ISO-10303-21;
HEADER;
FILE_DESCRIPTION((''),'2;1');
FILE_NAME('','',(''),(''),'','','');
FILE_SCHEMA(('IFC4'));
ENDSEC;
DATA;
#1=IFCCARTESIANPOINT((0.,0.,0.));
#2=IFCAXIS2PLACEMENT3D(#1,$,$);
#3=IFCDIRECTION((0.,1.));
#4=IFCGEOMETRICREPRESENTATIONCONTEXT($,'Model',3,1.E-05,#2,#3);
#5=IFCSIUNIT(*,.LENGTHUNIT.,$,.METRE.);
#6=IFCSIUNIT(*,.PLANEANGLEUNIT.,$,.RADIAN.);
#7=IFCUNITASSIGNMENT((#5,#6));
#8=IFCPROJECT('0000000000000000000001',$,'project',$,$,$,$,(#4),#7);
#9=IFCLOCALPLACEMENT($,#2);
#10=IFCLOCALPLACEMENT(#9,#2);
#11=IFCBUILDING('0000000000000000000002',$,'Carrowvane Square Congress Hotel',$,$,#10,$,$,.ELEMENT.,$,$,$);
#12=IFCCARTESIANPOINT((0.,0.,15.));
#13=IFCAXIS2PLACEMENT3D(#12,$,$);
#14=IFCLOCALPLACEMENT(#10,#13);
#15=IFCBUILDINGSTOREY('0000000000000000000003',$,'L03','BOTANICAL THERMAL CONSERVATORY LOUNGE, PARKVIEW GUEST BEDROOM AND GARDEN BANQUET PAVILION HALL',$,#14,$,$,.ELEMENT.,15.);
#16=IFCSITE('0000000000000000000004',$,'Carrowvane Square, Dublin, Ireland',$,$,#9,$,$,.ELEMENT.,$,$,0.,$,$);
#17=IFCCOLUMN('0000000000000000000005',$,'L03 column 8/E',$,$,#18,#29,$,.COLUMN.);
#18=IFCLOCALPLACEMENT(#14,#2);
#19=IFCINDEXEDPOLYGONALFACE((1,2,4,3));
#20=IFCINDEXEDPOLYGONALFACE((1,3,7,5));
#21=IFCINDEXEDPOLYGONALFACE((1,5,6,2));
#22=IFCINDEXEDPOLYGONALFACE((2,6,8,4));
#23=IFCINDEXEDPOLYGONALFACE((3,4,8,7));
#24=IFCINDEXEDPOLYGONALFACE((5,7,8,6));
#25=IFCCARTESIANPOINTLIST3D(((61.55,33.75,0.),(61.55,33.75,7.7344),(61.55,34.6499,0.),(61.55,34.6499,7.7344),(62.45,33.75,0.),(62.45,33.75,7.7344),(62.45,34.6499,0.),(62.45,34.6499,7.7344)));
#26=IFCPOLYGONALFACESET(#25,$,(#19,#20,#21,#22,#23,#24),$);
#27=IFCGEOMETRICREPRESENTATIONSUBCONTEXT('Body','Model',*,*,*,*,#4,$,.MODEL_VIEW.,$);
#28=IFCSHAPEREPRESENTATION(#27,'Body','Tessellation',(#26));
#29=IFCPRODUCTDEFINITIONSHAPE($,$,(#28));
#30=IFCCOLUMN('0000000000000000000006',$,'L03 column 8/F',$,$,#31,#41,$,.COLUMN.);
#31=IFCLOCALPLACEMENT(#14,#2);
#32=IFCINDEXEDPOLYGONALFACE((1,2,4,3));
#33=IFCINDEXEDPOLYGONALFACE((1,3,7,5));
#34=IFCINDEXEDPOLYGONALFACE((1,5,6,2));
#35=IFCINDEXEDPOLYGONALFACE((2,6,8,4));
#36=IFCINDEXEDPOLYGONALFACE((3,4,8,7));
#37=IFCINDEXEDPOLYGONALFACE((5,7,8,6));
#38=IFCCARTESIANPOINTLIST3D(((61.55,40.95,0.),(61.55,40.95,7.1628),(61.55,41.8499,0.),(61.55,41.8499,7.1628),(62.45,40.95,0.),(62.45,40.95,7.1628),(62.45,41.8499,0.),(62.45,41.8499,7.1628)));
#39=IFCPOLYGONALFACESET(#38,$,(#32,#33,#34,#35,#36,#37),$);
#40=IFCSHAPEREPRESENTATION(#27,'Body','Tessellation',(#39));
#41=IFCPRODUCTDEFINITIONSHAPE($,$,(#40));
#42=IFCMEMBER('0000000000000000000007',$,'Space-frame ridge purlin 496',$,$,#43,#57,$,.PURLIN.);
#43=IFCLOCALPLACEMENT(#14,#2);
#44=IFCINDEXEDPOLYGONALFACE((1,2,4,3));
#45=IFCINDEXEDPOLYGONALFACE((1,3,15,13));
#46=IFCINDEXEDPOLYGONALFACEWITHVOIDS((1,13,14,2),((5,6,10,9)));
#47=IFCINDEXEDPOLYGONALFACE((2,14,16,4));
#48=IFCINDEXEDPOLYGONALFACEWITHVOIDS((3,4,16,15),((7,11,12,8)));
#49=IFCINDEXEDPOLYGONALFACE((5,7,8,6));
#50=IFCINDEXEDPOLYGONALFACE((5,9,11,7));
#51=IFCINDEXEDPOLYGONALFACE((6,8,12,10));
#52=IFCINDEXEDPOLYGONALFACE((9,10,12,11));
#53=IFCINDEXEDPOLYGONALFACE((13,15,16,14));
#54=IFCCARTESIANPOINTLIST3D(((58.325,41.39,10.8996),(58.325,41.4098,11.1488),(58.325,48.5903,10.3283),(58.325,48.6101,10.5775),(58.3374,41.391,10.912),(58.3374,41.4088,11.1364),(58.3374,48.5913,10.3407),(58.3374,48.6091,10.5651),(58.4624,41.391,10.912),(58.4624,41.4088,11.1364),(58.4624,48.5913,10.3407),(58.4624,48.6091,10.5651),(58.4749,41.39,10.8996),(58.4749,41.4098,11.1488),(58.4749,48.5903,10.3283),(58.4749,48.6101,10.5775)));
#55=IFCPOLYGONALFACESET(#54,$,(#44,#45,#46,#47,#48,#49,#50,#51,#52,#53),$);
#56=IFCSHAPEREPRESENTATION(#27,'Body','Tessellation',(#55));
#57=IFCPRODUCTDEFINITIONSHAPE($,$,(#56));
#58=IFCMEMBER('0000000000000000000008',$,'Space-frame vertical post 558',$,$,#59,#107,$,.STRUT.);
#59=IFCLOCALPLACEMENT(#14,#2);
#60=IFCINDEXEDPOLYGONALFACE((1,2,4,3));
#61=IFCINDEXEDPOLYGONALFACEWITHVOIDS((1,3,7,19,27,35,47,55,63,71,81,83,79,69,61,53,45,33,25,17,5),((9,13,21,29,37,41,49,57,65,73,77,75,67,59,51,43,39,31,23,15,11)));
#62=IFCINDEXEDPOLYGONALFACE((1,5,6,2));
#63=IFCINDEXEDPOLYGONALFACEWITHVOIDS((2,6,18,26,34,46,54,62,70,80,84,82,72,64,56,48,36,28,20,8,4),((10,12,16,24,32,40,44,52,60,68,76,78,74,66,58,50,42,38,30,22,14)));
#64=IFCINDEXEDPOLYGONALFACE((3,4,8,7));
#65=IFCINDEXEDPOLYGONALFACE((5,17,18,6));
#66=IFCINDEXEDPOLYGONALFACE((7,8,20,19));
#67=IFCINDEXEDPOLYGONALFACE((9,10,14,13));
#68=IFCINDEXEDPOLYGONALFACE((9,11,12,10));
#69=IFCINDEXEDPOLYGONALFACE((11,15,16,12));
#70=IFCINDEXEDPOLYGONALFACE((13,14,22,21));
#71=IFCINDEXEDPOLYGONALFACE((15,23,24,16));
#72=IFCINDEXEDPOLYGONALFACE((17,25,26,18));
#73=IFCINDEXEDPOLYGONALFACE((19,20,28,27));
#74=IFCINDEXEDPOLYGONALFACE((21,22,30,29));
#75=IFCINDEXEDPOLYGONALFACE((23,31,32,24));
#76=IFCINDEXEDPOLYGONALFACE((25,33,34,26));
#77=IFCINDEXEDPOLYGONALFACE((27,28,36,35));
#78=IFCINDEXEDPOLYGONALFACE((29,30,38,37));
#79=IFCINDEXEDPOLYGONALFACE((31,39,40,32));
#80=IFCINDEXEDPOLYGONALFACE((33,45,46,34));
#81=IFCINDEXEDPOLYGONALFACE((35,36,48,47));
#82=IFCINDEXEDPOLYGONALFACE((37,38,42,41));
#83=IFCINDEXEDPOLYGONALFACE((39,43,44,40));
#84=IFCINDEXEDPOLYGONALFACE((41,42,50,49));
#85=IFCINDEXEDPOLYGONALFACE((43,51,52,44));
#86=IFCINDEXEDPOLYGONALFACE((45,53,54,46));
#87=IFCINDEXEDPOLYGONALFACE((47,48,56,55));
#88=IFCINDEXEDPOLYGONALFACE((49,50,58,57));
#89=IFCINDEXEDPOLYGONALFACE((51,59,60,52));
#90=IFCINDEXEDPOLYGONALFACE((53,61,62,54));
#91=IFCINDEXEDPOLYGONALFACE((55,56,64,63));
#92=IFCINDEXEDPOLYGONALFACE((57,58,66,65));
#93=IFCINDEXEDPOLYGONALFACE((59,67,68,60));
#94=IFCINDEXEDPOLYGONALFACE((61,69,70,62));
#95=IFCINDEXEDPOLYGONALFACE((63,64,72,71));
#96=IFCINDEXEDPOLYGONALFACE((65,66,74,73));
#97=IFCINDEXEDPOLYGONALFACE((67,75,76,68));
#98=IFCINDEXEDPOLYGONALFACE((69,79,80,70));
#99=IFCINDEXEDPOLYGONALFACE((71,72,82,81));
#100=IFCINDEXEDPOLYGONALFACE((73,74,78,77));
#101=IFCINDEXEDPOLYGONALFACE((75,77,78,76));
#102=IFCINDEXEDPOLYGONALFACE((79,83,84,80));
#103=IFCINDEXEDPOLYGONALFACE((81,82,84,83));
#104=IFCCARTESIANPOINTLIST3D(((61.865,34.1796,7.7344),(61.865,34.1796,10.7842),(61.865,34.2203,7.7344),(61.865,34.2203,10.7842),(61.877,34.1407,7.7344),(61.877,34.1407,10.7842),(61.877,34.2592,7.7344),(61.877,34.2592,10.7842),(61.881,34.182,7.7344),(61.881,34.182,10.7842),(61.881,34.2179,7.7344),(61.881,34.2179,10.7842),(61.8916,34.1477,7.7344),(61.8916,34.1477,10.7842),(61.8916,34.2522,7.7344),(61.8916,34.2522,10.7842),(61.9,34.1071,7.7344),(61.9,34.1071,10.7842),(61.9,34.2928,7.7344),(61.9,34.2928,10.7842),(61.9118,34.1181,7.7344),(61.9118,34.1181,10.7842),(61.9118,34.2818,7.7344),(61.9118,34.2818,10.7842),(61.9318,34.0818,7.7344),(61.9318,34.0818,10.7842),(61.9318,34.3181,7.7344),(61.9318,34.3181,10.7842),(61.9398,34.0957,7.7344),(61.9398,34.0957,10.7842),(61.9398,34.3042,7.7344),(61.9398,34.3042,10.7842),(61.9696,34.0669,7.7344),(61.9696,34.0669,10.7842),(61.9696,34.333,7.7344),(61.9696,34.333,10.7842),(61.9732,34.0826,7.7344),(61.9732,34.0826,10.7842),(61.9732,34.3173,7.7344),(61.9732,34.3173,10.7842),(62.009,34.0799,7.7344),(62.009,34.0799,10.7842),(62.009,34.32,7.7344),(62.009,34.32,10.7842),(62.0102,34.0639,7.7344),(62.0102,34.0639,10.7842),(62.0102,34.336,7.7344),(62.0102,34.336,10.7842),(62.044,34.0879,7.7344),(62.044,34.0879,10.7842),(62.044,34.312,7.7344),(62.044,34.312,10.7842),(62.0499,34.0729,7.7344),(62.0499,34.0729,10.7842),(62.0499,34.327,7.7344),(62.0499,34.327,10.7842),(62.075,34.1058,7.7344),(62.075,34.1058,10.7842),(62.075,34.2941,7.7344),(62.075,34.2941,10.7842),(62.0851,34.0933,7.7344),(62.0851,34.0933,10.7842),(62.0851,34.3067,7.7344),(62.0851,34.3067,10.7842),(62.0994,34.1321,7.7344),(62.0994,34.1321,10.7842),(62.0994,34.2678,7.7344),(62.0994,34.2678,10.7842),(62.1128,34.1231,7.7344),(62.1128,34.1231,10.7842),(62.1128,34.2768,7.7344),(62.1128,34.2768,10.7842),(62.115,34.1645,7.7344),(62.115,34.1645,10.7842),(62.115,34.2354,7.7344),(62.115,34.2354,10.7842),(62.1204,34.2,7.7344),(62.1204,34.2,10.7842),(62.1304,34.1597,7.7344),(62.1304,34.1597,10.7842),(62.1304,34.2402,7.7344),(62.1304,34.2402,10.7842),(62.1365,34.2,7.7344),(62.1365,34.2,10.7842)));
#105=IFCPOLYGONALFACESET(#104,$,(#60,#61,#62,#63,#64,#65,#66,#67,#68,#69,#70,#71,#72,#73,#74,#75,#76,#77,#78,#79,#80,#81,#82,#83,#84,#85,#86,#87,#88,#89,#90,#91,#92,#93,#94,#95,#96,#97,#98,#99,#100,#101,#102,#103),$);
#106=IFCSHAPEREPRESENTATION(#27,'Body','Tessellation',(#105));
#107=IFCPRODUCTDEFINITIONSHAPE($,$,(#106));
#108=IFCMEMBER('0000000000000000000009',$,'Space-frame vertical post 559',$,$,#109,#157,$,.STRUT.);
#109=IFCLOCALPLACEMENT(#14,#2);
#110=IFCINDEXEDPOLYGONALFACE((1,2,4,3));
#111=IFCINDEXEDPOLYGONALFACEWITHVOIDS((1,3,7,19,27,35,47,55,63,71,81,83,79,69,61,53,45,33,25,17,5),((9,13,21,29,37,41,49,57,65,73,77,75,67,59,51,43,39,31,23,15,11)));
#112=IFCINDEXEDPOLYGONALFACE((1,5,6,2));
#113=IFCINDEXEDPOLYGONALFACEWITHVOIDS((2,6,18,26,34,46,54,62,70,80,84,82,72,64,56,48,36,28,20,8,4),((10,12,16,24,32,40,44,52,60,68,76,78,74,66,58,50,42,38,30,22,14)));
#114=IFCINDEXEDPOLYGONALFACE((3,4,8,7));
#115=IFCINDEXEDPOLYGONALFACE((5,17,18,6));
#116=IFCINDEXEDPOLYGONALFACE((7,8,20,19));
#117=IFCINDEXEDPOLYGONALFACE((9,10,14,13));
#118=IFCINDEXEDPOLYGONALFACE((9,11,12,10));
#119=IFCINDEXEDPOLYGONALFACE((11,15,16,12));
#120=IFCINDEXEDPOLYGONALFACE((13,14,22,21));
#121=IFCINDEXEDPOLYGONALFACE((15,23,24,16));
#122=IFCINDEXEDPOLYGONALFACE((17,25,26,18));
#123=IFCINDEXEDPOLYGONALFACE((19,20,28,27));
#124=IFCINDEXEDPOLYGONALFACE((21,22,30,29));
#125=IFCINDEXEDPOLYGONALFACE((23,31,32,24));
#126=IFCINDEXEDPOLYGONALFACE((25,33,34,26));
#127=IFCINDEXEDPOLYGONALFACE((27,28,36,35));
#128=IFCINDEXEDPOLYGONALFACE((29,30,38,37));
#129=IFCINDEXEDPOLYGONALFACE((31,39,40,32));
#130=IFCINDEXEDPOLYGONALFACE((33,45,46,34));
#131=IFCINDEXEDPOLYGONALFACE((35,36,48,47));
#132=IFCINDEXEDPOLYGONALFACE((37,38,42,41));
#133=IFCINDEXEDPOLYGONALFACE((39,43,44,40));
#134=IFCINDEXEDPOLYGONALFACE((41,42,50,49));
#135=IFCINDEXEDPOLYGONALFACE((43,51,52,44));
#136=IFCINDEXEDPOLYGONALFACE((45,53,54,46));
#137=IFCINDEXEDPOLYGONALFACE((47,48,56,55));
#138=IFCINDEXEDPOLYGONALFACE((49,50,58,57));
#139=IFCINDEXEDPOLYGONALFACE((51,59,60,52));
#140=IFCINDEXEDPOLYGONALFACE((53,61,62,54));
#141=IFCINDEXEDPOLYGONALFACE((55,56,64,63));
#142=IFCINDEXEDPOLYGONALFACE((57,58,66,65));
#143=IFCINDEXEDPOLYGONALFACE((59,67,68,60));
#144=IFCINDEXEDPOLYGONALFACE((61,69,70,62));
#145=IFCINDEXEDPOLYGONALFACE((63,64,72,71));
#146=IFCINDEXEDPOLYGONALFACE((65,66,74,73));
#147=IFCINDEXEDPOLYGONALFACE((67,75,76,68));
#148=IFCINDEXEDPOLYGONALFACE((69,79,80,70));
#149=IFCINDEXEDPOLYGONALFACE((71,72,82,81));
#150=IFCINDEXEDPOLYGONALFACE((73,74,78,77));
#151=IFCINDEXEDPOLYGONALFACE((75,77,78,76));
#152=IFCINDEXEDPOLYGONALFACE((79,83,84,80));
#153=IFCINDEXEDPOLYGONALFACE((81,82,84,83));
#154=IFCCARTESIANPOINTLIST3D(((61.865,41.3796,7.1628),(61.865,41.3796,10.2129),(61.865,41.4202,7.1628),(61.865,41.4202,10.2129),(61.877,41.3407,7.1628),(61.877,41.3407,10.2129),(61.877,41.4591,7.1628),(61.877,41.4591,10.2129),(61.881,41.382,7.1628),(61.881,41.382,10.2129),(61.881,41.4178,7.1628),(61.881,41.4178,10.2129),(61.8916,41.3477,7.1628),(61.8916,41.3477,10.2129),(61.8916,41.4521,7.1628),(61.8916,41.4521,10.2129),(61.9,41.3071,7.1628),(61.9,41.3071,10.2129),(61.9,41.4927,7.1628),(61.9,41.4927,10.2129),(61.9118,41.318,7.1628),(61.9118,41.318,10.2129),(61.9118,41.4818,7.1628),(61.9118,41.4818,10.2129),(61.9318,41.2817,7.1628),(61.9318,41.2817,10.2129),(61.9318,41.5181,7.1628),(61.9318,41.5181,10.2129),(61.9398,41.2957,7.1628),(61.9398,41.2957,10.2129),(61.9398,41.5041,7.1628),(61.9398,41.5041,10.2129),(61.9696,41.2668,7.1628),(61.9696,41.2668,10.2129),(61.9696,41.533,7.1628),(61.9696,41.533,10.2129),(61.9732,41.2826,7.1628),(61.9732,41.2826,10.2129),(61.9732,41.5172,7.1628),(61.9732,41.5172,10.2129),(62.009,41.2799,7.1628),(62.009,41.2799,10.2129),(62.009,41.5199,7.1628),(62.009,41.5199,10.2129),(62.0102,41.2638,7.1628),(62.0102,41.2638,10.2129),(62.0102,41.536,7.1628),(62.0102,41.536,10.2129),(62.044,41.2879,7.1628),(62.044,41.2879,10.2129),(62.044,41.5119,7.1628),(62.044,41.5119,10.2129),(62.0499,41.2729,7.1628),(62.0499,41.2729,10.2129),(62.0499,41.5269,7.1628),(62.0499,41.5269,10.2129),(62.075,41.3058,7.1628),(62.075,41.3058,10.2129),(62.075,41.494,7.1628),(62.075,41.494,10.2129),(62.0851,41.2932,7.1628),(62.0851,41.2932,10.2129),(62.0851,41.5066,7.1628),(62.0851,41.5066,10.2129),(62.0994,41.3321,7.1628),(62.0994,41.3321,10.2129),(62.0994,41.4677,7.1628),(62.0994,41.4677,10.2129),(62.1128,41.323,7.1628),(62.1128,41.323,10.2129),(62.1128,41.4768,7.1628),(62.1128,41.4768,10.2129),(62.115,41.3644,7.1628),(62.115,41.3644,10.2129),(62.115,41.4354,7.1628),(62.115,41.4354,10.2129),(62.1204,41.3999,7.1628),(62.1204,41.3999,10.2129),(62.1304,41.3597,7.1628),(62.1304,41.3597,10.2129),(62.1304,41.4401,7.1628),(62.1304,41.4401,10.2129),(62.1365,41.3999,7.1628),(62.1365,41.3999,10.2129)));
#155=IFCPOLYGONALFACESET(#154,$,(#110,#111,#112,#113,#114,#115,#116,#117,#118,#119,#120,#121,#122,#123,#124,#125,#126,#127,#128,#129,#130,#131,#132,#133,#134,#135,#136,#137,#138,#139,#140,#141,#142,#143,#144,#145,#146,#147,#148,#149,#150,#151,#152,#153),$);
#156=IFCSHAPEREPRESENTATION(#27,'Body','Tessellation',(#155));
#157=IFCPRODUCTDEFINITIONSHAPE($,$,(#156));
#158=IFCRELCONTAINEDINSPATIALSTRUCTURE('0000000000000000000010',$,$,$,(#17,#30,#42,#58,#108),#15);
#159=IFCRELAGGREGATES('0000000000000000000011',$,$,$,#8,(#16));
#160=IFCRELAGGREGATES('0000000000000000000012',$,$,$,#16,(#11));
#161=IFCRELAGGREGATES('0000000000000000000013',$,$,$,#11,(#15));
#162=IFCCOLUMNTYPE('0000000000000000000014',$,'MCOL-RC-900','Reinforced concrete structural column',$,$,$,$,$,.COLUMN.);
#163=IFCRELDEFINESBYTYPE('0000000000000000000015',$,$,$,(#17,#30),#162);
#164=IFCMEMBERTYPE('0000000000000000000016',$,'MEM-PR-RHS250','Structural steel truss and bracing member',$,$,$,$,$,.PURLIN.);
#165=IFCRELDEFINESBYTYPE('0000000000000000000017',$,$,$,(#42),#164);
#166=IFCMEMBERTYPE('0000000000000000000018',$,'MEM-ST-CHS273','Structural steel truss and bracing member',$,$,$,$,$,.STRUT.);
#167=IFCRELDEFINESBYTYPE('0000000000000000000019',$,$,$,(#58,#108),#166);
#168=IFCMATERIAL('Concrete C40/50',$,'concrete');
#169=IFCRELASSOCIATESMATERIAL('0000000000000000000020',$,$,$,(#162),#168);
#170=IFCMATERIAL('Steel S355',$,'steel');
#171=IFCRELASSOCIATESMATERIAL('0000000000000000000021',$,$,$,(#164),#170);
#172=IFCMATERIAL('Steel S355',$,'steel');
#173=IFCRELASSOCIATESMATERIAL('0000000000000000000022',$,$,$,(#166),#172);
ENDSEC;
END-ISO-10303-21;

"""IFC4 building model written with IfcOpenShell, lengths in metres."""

from ifc_helpers import new_model, si_unit, direction, frame, origin, origin_2d, place, context, subcontext, project, spatial, rectangle, hollow_rectangle, hollow_circle, extrude, material, material_profile, profile_set, type_object, element, save


model = new_model("IFC4")

# Units and contexts
model_context = context("Model", 3, precision=1e-05, world=origin(), true_north=direction((0.0, 1.0)))
body_context = subcontext(model_context, "Body", "Model", "MODEL_VIEW")
ifc_project = project(units=[si_unit("LENGTHUNIT", "METRE"), si_unit("PLANEANGLEUNIT", "RADIAN")], contexts=[model_context])

# Site, building, storey
site_placement = place(None, origin())
site = spatial("IfcSite", under=ifc_project, at=site_placement, Name="Carrowvane Square, Dublin, Ireland", CompositionType="ELEMENT", RefElevation=0.0)
building_placement = place(site_placement, origin())
building = spatial("IfcBuilding", under=site, at=building_placement, Name="Carrowvane Square Congress Hotel", CompositionType="ELEMENT")
storey_placement = place(building_placement, frame((0.0, 0.0, 15.0)))
storey = spatial("IfcBuildingStorey", under=building, at=storey_placement, Name="L03", Description="BOTANICAL THERMAL CONSERVATORY LOUNGE, PARKVIEW GUEST BEDROOM AND GARDEN BANQUET PAVILION HALL", CompositionType="ELEMENT", Elevation=15.0)

# Columns
ifc_material_1 = material(Name="Concrete C40/50", Category="concrete")
ifc_material_profile_1 = material_profile(ifc_material_1, rectangle(XDim=0.8999, YDim=0.8999, at=origin_2d()), Name="RC 900x900")
ifc_profile_set_1 = profile_set([ifc_material_profile_1], Name="Concrete C40/50")
column_type = type_object("IfcColumnType", Name="MCOL-RC-900", Description="Reinforced concrete structural column", PredefinedType="COLUMN", material=ifc_profile_set_1)
column_1_placement = place(storey_placement, frame((62.0, 34.2, 0.0), z_axis=(0.0, 0.0, 1.0), x_axis=(1.0, 0.0, 0.0)))
element("IfcColumn", 1, at=column_1_placement, inside=storey, type_object=column_type, Name="L03 column 8/E", PredefinedType="COLUMN", context=body_context, shape_type="SweptSolid", body=[
    extrude(rectangle(XDim=0.8999, YDim=0.8999, at=origin_2d()), origin(), (0.0, 0.0, 1.0), 7.7344),
])
column_2_placement = place(storey_placement, frame((62.0, 41.3999, 0.0), z_axis=(0.0, 0.0, 1.0), x_axis=(1.0, 0.0, 0.0)))
element("IfcColumn", 2, at=column_2_placement, inside=storey, type_object=column_type, Name="L03 column 8/F", PredefinedType="COLUMN", context=body_context, shape_type="SweptSolid", body=[
    extrude(rectangle(XDim=0.8999, YDim=0.8999, at=origin_2d()), origin(), (0.0, 0.0, 1.0), 7.1628),
])

# Members
ifc_material_2 = material(Name="Steel S355", Category="steel")
ifc_material_profile_2 = material_profile(ifc_material_2, hollow_rectangle(XDim=0.1499, YDim=0.25, WallThickness=0.0125, at=origin_2d()), Name="RHS 250x150x12.5")
ifc_profile_set_2 = profile_set([ifc_material_profile_2], Name="Steel S355")
member_type_1 = type_object("IfcMemberType", Name="MEM-PR-RHS250", Description="Structural steel truss and bracing member", PredefinedType="PURLIN", material=ifc_profile_set_2)
member_1_placement = place(storey_placement, frame((58.3999, 41.3999, 11.0242), z_axis=(0.0, 0.996867, -0.079095), x_axis=(-1.0, 0.0, 0.0)))
element("IfcMember", 3, at=member_1_placement, inside=storey, type_object=member_type_1, Name="Space-frame ridge purlin 496", PredefinedType="PURLIN", context=body_context, shape_type="SweptSolid", body=[
    extrude(hollow_rectangle(XDim=0.1499, YDim=0.25, WallThickness=0.0125, at=origin_2d()), origin(), (0.0, 0.0, 1.0), 7.2229),
])
ifc_material_3 = material(Name="Steel S355", Category="steel")
ifc_material_profile_3 = material_profile(ifc_material_3, hollow_circle(Radius=0.1365, WallThickness=0.0161, at=origin_2d()), Name="CHS 273.0x16")
ifc_profile_set_3 = profile_set([ifc_material_profile_3], Name="Steel S355")
member_type_2 = type_object("IfcMemberType", Name="MEM-ST-CHS273", Description="Structural steel truss and bracing member", PredefinedType="STRUT", material=ifc_profile_set_3)
member_2_placement = place(storey_placement, frame((62.0, 34.2, 7.7344), z_axis=(0.0, 0.0, 1.0), x_axis=(1.0, 0.0, 0.0)))
element("IfcMember", 4, at=member_2_placement, inside=storey, type_object=member_type_2, Name="Space-frame vertical post 558", PredefinedType="STRUT", context=body_context, shape_type="SweptSolid", body=[
    extrude(hollow_circle(Radius=0.1365, WallThickness=0.0161, at=origin_2d()), origin(), (0.0, 0.0, 1.0), 3.0498),
])
member_3_placement = place(storey_placement, frame((62.0, 41.3999, 7.1628), z_axis=(0.0, 0.0, 1.0), x_axis=(1.0, 0.0, 0.0)))
element("IfcMember", 5, at=member_3_placement, inside=storey, type_object=member_type_2, Name="Space-frame vertical post 559", PredefinedType="STRUT", context=body_context, shape_type="SweptSolid", body=[
    extrude(hollow_circle(Radius=0.1365, WallThickness=0.0161, at=origin_2d()), origin(), (0.0, 0.0, 1.0), 3.05),
])

save(model, "model.ifc")
